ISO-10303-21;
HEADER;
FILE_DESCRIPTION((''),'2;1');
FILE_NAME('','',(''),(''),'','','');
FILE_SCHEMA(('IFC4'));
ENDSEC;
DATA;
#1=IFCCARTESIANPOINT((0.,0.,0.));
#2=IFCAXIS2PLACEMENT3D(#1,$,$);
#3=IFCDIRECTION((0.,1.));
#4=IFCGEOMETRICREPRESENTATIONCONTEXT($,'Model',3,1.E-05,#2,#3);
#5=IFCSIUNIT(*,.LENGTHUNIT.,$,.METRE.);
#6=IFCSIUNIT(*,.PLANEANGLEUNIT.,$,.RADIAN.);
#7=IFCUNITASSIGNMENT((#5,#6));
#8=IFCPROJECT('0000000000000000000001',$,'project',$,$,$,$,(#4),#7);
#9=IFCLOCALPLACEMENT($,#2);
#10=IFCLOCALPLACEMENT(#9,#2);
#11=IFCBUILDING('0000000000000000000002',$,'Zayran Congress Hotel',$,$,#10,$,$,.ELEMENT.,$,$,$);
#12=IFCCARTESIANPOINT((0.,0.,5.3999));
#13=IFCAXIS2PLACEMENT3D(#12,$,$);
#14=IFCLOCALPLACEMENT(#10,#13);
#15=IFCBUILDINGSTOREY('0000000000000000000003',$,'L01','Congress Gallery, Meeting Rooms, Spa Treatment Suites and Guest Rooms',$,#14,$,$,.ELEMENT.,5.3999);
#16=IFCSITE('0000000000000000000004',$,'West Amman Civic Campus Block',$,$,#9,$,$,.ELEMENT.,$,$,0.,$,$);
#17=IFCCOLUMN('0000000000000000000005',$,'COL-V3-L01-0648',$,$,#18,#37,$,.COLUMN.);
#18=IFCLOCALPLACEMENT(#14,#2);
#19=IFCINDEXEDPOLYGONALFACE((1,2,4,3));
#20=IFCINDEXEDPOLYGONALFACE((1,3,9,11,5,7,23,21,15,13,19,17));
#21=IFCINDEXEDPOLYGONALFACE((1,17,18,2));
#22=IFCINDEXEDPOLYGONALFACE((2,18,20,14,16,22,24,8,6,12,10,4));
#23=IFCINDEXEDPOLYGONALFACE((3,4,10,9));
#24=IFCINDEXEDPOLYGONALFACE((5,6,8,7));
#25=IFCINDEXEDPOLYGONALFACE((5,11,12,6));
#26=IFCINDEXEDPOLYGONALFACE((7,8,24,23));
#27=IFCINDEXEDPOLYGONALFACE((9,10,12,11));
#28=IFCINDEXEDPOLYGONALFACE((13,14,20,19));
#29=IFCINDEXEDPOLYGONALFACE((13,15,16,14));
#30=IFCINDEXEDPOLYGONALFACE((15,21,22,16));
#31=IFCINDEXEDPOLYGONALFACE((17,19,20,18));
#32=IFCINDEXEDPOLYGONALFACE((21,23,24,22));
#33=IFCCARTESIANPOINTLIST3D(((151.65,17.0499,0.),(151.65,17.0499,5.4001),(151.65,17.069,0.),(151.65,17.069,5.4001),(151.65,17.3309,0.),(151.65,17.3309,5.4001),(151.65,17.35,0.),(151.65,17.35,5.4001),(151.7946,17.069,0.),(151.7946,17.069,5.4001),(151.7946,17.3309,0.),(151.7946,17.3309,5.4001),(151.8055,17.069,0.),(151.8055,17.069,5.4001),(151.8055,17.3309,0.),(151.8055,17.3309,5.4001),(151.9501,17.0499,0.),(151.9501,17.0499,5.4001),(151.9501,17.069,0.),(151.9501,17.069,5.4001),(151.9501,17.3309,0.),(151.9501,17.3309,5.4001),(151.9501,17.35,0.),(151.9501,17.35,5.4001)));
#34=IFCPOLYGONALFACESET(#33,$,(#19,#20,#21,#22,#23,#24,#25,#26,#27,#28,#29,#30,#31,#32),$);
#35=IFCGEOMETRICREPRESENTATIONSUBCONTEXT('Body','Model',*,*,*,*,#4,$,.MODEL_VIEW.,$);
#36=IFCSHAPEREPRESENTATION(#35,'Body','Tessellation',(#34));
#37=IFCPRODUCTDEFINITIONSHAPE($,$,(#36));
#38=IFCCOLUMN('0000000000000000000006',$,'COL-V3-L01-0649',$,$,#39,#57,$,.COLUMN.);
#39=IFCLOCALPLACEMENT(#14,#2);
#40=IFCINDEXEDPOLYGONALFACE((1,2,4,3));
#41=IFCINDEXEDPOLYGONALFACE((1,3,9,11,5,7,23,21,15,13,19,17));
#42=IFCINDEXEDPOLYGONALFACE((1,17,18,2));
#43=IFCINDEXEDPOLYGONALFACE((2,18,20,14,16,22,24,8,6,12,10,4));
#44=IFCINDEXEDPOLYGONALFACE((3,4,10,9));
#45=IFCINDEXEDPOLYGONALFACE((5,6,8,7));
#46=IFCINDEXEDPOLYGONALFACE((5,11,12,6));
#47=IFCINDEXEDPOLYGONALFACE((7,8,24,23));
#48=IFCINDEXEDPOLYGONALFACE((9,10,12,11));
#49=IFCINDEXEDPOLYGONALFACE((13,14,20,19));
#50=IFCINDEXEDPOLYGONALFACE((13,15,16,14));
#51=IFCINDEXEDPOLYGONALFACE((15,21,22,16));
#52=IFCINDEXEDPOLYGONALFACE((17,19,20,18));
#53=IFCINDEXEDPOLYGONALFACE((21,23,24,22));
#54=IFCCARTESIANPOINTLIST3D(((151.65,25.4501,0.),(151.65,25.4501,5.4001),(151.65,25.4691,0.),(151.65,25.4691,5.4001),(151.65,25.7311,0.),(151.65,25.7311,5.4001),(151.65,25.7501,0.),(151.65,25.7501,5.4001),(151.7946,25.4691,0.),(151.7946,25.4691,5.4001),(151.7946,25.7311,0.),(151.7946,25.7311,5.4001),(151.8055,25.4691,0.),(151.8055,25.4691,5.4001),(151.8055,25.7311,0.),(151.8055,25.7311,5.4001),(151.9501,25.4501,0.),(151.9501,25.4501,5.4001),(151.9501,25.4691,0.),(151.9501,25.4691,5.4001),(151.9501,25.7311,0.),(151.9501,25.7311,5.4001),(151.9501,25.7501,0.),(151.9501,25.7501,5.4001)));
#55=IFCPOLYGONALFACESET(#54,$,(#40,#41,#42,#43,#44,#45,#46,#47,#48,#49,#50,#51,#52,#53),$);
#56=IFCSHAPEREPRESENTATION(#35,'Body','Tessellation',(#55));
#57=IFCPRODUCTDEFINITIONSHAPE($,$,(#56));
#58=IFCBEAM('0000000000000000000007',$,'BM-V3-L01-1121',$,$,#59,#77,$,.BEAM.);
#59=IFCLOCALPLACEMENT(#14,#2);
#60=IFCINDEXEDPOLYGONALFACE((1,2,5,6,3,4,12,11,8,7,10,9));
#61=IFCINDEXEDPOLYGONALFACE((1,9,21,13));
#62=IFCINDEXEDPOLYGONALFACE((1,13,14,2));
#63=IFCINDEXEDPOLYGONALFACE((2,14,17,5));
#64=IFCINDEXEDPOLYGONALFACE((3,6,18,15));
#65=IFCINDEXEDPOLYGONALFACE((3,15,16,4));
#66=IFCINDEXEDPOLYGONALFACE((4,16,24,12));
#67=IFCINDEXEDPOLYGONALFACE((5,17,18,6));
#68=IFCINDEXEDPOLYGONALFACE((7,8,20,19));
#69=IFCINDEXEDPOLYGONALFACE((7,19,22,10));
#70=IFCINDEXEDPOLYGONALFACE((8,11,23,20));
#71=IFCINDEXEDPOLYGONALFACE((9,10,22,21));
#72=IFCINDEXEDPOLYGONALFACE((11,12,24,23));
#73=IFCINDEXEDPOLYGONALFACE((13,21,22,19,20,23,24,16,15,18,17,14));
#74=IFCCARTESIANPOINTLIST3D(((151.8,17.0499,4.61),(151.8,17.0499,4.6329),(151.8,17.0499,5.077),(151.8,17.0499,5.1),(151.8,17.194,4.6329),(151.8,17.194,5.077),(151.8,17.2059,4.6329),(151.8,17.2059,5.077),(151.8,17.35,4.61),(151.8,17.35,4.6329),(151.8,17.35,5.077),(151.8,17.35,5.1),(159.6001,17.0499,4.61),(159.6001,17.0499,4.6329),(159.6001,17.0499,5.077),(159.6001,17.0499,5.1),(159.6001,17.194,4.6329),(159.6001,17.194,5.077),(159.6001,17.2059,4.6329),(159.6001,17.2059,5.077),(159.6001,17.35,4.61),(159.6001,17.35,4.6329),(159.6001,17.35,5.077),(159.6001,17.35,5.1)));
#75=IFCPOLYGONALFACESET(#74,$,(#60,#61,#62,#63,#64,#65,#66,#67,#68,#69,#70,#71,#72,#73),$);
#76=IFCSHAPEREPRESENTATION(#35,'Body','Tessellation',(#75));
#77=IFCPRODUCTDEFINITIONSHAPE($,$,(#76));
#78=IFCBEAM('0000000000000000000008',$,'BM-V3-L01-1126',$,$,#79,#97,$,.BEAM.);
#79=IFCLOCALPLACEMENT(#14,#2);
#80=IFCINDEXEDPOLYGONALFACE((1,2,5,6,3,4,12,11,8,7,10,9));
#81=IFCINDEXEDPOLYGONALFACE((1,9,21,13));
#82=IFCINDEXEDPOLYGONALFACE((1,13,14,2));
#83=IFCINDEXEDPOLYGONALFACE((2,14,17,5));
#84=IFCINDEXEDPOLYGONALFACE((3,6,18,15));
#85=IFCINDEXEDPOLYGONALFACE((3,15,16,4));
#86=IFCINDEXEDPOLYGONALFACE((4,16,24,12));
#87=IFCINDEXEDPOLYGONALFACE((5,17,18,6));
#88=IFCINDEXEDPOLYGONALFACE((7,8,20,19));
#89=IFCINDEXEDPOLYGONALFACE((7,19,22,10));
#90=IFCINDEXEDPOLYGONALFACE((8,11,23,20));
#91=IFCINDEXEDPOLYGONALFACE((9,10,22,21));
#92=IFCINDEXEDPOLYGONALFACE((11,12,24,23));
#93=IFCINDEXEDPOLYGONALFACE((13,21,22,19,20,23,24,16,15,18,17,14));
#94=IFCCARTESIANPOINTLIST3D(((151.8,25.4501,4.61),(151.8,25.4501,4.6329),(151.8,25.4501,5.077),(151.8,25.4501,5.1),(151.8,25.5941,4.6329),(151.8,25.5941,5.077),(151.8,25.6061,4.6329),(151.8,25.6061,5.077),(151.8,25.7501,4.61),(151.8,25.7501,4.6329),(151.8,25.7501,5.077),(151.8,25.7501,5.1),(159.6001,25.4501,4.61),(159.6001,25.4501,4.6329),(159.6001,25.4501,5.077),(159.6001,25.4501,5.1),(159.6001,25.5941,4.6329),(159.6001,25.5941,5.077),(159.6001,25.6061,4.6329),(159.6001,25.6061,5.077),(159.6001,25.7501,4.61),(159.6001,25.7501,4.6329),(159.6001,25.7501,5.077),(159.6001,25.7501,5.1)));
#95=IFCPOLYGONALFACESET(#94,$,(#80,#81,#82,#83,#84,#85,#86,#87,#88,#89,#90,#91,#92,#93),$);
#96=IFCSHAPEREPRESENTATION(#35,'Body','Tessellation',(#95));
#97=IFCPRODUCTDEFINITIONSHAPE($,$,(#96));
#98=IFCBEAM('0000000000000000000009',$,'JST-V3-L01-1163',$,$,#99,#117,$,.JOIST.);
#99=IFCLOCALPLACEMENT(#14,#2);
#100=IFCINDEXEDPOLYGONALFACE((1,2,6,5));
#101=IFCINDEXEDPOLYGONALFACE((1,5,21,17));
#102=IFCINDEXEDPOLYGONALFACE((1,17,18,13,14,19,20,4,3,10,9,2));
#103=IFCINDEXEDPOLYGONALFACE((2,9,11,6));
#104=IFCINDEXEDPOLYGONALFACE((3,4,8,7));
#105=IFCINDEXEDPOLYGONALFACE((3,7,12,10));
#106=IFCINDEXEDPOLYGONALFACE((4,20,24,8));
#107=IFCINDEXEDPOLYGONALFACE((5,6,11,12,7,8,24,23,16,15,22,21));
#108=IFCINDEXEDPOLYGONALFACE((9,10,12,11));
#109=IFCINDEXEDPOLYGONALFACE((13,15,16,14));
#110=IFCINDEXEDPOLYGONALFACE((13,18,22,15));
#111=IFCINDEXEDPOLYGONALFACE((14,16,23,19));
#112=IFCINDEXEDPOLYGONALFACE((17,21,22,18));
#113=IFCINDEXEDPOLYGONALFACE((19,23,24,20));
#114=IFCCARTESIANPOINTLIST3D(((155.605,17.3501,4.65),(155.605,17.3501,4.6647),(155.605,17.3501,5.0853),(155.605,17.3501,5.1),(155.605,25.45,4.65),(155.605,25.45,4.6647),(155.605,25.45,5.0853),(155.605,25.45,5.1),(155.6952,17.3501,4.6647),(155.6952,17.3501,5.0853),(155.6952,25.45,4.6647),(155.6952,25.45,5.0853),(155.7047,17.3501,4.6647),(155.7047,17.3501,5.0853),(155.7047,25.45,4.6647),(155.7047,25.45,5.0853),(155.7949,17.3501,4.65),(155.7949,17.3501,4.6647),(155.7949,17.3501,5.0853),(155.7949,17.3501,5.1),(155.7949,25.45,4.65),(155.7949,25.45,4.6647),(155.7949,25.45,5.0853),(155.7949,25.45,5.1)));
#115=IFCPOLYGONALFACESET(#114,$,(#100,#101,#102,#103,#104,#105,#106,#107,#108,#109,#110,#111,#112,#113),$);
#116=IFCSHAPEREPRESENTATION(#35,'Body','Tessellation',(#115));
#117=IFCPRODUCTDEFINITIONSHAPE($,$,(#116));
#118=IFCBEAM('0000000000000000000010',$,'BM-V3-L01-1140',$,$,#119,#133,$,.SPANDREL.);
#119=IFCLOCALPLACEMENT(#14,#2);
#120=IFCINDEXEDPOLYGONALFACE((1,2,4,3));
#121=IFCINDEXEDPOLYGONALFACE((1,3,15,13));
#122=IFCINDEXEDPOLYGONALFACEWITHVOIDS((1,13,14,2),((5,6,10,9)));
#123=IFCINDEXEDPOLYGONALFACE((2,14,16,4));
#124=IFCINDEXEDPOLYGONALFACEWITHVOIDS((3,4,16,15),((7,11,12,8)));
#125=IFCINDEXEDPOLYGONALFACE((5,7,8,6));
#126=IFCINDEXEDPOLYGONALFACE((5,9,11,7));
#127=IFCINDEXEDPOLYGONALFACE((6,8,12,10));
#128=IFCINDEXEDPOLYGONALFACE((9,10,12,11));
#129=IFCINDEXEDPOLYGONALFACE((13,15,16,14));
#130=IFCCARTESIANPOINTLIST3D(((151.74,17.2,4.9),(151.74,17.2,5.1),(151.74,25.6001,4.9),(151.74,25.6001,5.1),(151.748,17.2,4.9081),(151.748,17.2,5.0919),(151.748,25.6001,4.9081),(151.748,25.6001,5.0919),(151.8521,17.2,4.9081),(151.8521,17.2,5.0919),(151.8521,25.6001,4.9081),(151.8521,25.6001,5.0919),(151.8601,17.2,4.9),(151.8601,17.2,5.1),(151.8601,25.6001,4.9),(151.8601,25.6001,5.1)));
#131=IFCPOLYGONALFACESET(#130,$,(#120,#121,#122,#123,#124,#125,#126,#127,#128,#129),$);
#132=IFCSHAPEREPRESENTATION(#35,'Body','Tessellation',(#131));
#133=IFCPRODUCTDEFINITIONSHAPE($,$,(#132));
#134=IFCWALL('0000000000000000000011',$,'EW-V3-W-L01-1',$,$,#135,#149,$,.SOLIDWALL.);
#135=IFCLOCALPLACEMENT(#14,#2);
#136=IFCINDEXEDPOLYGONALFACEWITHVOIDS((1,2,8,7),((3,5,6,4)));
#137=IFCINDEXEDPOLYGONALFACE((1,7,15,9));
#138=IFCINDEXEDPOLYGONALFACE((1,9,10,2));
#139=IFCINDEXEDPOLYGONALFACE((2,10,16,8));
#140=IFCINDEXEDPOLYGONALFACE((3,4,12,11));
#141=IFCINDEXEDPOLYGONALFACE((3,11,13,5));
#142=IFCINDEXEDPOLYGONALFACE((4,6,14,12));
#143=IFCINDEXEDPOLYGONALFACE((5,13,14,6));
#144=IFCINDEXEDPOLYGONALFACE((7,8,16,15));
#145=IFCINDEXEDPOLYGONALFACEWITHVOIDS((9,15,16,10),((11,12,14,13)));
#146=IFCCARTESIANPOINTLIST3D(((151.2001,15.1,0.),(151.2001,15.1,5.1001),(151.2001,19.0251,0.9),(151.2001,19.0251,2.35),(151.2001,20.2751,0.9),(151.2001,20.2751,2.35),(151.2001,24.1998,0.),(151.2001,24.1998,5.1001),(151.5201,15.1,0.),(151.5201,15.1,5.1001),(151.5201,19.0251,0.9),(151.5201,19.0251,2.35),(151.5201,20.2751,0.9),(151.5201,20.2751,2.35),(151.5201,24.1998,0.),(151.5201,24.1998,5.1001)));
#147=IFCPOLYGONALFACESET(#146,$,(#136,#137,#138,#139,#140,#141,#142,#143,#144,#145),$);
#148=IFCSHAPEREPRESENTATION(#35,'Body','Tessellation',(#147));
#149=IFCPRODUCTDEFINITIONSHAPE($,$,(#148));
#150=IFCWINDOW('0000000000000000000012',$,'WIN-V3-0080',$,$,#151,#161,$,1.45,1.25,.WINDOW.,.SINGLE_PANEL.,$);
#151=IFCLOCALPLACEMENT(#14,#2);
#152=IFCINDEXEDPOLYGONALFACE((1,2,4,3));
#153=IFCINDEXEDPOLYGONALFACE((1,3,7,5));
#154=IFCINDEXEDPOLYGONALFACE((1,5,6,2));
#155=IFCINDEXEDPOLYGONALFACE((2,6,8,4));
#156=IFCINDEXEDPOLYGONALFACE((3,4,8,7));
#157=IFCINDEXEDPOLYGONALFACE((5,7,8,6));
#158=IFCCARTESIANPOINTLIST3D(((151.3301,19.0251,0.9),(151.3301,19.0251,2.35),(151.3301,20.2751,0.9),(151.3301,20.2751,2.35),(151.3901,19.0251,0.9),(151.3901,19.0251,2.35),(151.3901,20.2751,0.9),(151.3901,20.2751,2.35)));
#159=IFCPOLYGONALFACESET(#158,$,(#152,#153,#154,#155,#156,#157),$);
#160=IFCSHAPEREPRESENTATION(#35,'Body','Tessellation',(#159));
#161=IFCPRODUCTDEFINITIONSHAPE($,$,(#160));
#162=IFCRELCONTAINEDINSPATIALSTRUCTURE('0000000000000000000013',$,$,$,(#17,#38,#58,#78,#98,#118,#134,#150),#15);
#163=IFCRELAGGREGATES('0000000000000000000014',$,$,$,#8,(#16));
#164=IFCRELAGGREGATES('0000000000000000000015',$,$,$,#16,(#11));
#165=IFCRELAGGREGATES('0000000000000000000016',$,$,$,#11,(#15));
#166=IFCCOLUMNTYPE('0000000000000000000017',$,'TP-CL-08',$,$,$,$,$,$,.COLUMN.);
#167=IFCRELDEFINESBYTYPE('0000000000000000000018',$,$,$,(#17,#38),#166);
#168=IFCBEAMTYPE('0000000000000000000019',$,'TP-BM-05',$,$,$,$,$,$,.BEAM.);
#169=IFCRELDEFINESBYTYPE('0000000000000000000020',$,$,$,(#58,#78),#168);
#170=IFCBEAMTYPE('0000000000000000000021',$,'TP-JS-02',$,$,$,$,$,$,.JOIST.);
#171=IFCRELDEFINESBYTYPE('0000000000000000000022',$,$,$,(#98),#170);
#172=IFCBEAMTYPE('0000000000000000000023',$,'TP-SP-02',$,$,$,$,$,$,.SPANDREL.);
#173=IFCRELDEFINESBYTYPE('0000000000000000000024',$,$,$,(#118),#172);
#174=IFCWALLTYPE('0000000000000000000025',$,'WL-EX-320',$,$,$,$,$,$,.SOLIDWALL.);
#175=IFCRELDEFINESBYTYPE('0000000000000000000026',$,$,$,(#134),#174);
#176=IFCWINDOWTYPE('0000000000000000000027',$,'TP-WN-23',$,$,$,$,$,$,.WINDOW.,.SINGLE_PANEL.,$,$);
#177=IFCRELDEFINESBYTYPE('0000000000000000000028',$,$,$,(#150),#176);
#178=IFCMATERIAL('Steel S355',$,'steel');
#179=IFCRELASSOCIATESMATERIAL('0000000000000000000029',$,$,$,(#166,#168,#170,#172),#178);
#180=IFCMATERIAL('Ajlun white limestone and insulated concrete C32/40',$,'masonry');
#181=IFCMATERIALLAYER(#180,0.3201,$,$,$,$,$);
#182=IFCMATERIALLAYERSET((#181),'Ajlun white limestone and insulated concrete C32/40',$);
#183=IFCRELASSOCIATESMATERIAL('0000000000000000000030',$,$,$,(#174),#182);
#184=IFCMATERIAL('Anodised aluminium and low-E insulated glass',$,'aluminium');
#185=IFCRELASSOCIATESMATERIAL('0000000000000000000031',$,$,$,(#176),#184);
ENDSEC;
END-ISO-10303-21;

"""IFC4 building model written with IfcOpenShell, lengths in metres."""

from ifc_helpers import new_model, si_unit, direction, frame, frame_2d, origin, origin_2d, place, context, subcontext, project, spatial, rectangle, hollow_rectangle, i_section, extrude, material, layer, layer_set, material_profile, profile_set, type_object, element, fill, save


model = new_model("IFC4")

# Units and contexts
model_context = context("Model", 3, precision=1e-05, world=origin(), true_north=direction((0.0, 1.0)))
body_context = subcontext(model_context, "Body", "Model", "MODEL_VIEW")
ifc_project = project(units=[si_unit("LENGTHUNIT", "METRE"), si_unit("PLANEANGLEUNIT", "RADIAN")], contexts=[model_context])

# Site, building, storey
site_placement = place(None, origin())
site = spatial("IfcSite", under=ifc_project, at=site_placement, Name="West Amman Civic Campus Block", CompositionType="ELEMENT", RefElevation=0.0)
building_placement = place(site_placement, origin())
building = spatial("IfcBuilding", under=site, at=building_placement, Name="Zayran Congress Hotel", CompositionType="ELEMENT")
storey_placement = place(building_placement, frame((0.0, 0.0, 5.3999)))
storey = spatial("IfcBuildingStorey", under=building, at=storey_placement, Name="L01", Description="Congress Gallery, Meeting Rooms, Spa Treatment Suites and Guest Rooms", CompositionType="ELEMENT", Elevation=5.3999)

# Columns
ifc_material_1 = material(Name="Steel S355", Category="steel")
ifc_material_profile_1 = material_profile(ifc_material_1, i_section(OverallWidth=0.3, OverallDepth=0.3, WebThickness=0.011, FlangeThickness=0.019, at=origin_2d()), Name="HEB 300")
ifc_profile_set_1 = profile_set([ifc_material_profile_1], Name="Steel S355")
column_type = type_object("IfcColumnType", Name="TP-CL-08", PredefinedType="COLUMN", material=ifc_profile_set_1)
for number, where, z_axis, x_axis, name in (
    (1, (151.8, 17.2, 0.0), (0.0, 0.0, 1.0), (1.0, 0.0, 0.0), "COL-V3-L01-0648"),
    (2, (151.8, 25.6001, 0.0), (0.0, 0.0, 1.0), (1.0, 0.0, 0.0), "COL-V3-L01-0649"),
):
    element("IfcColumn", number, at=place(storey_placement, frame(where, z_axis=z_axis, x_axis=x_axis)), inside=storey, type_object=column_type, Name=name, PredefinedType="COLUMN", context=body_context, shape_type="SweptSolid", body=[
        extrude(i_section(OverallWidth=0.3, OverallDepth=0.3, WebThickness=0.011, FlangeThickness=0.019, at=origin_2d()), origin(), (0.0, 0.0, 1.0), 5.4001),
    ])

# Beams
ifc_material_profile_2 = material_profile(ifc_material_1, i_section(OverallWidth=0.3, OverallDepth=0.49, WebThickness=0.012, FlangeThickness=0.0229, at=origin_2d()), Name="HEA 500")
ifc_profile_set_2 = profile_set([ifc_material_profile_2], Name="Steel S355")
beam_type_1 = type_object("IfcBeamType", Name="TP-BM-05", PredefinedType="BEAM", material=ifc_profile_set_2)
for number, where, z_axis, x_axis, name in (
    (3, (151.8, 17.2, 4.855), (1.0, 0.0, 0.0), (0.0, 1.0, 0.0), "BM-V3-L01-1121"),
    (4, (151.8, 25.6001, 4.855), (1.0, 0.0, 0.0), (0.0, 1.0, 0.0), "BM-V3-L01-1126"),
):
    element("IfcBeam", number, at=place(storey_placement, frame(where, z_axis=z_axis, x_axis=x_axis)), inside=storey, type_object=beam_type_1, Name=name, PredefinedType="BEAM", context=body_context, shape_type="SweptSolid", body=[
        extrude(i_section(OverallWidth=0.3, OverallDepth=0.49, WebThickness=0.012, FlangeThickness=0.0229, at=origin_2d()), origin(), (0.0, 0.0, 1.0), 7.8),
    ])
ifc_material_profile_3 = material_profile(ifc_material_1, i_section(OverallWidth=0.1899, OverallDepth=0.45, WebThickness=0.0095, FlangeThickness=0.0146, at=origin_2d()), Name="IPE 450")
ifc_profile_set_3 = profile_set([ifc_material_profile_3], Name="Steel S355")
beam_type_2 = type_object("IfcBeamType", Name="TP-JS-02", PredefinedType="JOIST", material=ifc_profile_set_3)
beam_1_placement = place(storey_placement, frame((155.7, 17.3501, 4.875), z_axis=(0.0, 1.0, 0.0), x_axis=(-1.0, 0.0, 0.0)))
element("IfcBeam", 5, at=beam_1_placement, inside=storey, type_object=beam_type_2, Name="JST-V3-L01-1163", PredefinedType="JOIST", context=body_context, shape_type="SweptSolid", body=[
    extrude(i_section(OverallWidth=0.1899, OverallDepth=0.45, WebThickness=0.0095, FlangeThickness=0.0146, at=origin_2d()), origin(), (0.0, 0.0, 1.0), 8.0999),
])
ifc_material_profile_4 = material_profile(ifc_material_1, hollow_rectangle(XDim=0.1201, YDim=0.2, WallThickness=0.0081, at=origin_2d()), Name="RHS 200x120x8")
ifc_profile_set_4 = profile_set([ifc_material_profile_4], Name="Steel S355")
beam_type_3 = type_object("IfcBeamType", Name="TP-SP-02", PredefinedType="SPANDREL", material=ifc_profile_set_4)
beam_2_placement = place(storey_placement, frame((151.8, 17.2, 5.0), z_axis=(0.0, 1.0, 0.0), x_axis=(-1.0, 0.0, 0.0)))
element("IfcBeam", 6, at=beam_2_placement, inside=storey, type_object=beam_type_3, Name="BM-V3-L01-1140", PredefinedType="SPANDREL", context=body_context, shape_type="SweptSolid", body=[
    extrude(hollow_rectangle(XDim=0.1201, YDim=0.2, WallThickness=0.0081, at=origin_2d()), origin(), (0.0, 0.0, 1.0), 8.4001),
])

# Wall, opening, window
ifc_material_2 = material(Name="Ajlun white limestone and insulated concrete C32/40", Category="masonry")
ifc_layer_1 = layer(ifc_material_2, 0.3201)
ifc_layer_set_1 = layer_set([ifc_layer_1], Name="Ajlun white limestone and insulated concrete C32/40")
wall_type_1 = type_object("IfcWallType", Name="WL-EX-320", PredefinedType="SOLIDWALL", material=ifc_layer_set_1)
wall_1_placement = place(storey_placement, frame((151.3601, 15.1001, 0.0), z_axis=(0.0, 0.0, 1.0), x_axis=(0.0, 1.0, 0.0)))
wall_1 = element("IfcWall", 7, at=wall_1_placement, inside=storey, type_object=wall_type_1, Name="EW-V3-W-L01-1", PredefinedType="SOLIDWALL", context=body_context, shape_type="SweptSolid", body=[
    extrude(rectangle(XDim=9.0999, YDim=0.3201, at=frame_2d((4.5498, 0.0))), origin(), (0.0, 0.0, 1.0), 5.1001),
])
opening_1_placement = place(wall_1_placement, frame((3.925, 0.0, 0.8999)))
opening_1 = element("IfcOpeningElement", 8, at=opening_1_placement, cuts=wall_1, PredefinedType="OPENING", context=body_context, shape_type="SweptSolid", body=[
    extrude(rectangle(XDim=1.25, YDim=1.45, at=frame_2d((0.625, 0.7251))), frame((0.0, 0.1699, 0.0), z_axis=(0.0, -1.0, 0.0), x_axis=(1.0, 0.0, 0.0)), (0.0, 0.0, 1.0), 0.3401),
])
ifc_material_3 = material(Name="Anodised aluminium and low-E insulated glass", Category="aluminium")
window_type_1 = type_object("IfcWindowType", Name="TP-WN-23", PartitioningType="SINGLE_PANEL", PredefinedType="WINDOW", material=ifc_material_3)
window_1_placement = place(opening_1_placement, origin())
window_1 = element("IfcWindow", 9, at=window_1_placement, inside=storey, type_object=window_type_1, Name="WIN-V3-0080", OverallHeight=1.45, OverallWidth=1.25, PartitioningType="SINGLE_PANEL", PredefinedType="WINDOW", context=body_context, shape_type="SweptSolid", body=[
    extrude(rectangle(XDim=1.25, YDim=1.45, at=frame_2d((0.625, 0.7251))), frame((0.0, 0.03, 0.0), z_axis=(0.0, -1.0, 0.0), x_axis=(1.0, 0.0, 0.0)), (0.0, 0.0, 1.0), 0.0601),
])
fill(opening_1, window_1)

save(model, "model.ifc")
